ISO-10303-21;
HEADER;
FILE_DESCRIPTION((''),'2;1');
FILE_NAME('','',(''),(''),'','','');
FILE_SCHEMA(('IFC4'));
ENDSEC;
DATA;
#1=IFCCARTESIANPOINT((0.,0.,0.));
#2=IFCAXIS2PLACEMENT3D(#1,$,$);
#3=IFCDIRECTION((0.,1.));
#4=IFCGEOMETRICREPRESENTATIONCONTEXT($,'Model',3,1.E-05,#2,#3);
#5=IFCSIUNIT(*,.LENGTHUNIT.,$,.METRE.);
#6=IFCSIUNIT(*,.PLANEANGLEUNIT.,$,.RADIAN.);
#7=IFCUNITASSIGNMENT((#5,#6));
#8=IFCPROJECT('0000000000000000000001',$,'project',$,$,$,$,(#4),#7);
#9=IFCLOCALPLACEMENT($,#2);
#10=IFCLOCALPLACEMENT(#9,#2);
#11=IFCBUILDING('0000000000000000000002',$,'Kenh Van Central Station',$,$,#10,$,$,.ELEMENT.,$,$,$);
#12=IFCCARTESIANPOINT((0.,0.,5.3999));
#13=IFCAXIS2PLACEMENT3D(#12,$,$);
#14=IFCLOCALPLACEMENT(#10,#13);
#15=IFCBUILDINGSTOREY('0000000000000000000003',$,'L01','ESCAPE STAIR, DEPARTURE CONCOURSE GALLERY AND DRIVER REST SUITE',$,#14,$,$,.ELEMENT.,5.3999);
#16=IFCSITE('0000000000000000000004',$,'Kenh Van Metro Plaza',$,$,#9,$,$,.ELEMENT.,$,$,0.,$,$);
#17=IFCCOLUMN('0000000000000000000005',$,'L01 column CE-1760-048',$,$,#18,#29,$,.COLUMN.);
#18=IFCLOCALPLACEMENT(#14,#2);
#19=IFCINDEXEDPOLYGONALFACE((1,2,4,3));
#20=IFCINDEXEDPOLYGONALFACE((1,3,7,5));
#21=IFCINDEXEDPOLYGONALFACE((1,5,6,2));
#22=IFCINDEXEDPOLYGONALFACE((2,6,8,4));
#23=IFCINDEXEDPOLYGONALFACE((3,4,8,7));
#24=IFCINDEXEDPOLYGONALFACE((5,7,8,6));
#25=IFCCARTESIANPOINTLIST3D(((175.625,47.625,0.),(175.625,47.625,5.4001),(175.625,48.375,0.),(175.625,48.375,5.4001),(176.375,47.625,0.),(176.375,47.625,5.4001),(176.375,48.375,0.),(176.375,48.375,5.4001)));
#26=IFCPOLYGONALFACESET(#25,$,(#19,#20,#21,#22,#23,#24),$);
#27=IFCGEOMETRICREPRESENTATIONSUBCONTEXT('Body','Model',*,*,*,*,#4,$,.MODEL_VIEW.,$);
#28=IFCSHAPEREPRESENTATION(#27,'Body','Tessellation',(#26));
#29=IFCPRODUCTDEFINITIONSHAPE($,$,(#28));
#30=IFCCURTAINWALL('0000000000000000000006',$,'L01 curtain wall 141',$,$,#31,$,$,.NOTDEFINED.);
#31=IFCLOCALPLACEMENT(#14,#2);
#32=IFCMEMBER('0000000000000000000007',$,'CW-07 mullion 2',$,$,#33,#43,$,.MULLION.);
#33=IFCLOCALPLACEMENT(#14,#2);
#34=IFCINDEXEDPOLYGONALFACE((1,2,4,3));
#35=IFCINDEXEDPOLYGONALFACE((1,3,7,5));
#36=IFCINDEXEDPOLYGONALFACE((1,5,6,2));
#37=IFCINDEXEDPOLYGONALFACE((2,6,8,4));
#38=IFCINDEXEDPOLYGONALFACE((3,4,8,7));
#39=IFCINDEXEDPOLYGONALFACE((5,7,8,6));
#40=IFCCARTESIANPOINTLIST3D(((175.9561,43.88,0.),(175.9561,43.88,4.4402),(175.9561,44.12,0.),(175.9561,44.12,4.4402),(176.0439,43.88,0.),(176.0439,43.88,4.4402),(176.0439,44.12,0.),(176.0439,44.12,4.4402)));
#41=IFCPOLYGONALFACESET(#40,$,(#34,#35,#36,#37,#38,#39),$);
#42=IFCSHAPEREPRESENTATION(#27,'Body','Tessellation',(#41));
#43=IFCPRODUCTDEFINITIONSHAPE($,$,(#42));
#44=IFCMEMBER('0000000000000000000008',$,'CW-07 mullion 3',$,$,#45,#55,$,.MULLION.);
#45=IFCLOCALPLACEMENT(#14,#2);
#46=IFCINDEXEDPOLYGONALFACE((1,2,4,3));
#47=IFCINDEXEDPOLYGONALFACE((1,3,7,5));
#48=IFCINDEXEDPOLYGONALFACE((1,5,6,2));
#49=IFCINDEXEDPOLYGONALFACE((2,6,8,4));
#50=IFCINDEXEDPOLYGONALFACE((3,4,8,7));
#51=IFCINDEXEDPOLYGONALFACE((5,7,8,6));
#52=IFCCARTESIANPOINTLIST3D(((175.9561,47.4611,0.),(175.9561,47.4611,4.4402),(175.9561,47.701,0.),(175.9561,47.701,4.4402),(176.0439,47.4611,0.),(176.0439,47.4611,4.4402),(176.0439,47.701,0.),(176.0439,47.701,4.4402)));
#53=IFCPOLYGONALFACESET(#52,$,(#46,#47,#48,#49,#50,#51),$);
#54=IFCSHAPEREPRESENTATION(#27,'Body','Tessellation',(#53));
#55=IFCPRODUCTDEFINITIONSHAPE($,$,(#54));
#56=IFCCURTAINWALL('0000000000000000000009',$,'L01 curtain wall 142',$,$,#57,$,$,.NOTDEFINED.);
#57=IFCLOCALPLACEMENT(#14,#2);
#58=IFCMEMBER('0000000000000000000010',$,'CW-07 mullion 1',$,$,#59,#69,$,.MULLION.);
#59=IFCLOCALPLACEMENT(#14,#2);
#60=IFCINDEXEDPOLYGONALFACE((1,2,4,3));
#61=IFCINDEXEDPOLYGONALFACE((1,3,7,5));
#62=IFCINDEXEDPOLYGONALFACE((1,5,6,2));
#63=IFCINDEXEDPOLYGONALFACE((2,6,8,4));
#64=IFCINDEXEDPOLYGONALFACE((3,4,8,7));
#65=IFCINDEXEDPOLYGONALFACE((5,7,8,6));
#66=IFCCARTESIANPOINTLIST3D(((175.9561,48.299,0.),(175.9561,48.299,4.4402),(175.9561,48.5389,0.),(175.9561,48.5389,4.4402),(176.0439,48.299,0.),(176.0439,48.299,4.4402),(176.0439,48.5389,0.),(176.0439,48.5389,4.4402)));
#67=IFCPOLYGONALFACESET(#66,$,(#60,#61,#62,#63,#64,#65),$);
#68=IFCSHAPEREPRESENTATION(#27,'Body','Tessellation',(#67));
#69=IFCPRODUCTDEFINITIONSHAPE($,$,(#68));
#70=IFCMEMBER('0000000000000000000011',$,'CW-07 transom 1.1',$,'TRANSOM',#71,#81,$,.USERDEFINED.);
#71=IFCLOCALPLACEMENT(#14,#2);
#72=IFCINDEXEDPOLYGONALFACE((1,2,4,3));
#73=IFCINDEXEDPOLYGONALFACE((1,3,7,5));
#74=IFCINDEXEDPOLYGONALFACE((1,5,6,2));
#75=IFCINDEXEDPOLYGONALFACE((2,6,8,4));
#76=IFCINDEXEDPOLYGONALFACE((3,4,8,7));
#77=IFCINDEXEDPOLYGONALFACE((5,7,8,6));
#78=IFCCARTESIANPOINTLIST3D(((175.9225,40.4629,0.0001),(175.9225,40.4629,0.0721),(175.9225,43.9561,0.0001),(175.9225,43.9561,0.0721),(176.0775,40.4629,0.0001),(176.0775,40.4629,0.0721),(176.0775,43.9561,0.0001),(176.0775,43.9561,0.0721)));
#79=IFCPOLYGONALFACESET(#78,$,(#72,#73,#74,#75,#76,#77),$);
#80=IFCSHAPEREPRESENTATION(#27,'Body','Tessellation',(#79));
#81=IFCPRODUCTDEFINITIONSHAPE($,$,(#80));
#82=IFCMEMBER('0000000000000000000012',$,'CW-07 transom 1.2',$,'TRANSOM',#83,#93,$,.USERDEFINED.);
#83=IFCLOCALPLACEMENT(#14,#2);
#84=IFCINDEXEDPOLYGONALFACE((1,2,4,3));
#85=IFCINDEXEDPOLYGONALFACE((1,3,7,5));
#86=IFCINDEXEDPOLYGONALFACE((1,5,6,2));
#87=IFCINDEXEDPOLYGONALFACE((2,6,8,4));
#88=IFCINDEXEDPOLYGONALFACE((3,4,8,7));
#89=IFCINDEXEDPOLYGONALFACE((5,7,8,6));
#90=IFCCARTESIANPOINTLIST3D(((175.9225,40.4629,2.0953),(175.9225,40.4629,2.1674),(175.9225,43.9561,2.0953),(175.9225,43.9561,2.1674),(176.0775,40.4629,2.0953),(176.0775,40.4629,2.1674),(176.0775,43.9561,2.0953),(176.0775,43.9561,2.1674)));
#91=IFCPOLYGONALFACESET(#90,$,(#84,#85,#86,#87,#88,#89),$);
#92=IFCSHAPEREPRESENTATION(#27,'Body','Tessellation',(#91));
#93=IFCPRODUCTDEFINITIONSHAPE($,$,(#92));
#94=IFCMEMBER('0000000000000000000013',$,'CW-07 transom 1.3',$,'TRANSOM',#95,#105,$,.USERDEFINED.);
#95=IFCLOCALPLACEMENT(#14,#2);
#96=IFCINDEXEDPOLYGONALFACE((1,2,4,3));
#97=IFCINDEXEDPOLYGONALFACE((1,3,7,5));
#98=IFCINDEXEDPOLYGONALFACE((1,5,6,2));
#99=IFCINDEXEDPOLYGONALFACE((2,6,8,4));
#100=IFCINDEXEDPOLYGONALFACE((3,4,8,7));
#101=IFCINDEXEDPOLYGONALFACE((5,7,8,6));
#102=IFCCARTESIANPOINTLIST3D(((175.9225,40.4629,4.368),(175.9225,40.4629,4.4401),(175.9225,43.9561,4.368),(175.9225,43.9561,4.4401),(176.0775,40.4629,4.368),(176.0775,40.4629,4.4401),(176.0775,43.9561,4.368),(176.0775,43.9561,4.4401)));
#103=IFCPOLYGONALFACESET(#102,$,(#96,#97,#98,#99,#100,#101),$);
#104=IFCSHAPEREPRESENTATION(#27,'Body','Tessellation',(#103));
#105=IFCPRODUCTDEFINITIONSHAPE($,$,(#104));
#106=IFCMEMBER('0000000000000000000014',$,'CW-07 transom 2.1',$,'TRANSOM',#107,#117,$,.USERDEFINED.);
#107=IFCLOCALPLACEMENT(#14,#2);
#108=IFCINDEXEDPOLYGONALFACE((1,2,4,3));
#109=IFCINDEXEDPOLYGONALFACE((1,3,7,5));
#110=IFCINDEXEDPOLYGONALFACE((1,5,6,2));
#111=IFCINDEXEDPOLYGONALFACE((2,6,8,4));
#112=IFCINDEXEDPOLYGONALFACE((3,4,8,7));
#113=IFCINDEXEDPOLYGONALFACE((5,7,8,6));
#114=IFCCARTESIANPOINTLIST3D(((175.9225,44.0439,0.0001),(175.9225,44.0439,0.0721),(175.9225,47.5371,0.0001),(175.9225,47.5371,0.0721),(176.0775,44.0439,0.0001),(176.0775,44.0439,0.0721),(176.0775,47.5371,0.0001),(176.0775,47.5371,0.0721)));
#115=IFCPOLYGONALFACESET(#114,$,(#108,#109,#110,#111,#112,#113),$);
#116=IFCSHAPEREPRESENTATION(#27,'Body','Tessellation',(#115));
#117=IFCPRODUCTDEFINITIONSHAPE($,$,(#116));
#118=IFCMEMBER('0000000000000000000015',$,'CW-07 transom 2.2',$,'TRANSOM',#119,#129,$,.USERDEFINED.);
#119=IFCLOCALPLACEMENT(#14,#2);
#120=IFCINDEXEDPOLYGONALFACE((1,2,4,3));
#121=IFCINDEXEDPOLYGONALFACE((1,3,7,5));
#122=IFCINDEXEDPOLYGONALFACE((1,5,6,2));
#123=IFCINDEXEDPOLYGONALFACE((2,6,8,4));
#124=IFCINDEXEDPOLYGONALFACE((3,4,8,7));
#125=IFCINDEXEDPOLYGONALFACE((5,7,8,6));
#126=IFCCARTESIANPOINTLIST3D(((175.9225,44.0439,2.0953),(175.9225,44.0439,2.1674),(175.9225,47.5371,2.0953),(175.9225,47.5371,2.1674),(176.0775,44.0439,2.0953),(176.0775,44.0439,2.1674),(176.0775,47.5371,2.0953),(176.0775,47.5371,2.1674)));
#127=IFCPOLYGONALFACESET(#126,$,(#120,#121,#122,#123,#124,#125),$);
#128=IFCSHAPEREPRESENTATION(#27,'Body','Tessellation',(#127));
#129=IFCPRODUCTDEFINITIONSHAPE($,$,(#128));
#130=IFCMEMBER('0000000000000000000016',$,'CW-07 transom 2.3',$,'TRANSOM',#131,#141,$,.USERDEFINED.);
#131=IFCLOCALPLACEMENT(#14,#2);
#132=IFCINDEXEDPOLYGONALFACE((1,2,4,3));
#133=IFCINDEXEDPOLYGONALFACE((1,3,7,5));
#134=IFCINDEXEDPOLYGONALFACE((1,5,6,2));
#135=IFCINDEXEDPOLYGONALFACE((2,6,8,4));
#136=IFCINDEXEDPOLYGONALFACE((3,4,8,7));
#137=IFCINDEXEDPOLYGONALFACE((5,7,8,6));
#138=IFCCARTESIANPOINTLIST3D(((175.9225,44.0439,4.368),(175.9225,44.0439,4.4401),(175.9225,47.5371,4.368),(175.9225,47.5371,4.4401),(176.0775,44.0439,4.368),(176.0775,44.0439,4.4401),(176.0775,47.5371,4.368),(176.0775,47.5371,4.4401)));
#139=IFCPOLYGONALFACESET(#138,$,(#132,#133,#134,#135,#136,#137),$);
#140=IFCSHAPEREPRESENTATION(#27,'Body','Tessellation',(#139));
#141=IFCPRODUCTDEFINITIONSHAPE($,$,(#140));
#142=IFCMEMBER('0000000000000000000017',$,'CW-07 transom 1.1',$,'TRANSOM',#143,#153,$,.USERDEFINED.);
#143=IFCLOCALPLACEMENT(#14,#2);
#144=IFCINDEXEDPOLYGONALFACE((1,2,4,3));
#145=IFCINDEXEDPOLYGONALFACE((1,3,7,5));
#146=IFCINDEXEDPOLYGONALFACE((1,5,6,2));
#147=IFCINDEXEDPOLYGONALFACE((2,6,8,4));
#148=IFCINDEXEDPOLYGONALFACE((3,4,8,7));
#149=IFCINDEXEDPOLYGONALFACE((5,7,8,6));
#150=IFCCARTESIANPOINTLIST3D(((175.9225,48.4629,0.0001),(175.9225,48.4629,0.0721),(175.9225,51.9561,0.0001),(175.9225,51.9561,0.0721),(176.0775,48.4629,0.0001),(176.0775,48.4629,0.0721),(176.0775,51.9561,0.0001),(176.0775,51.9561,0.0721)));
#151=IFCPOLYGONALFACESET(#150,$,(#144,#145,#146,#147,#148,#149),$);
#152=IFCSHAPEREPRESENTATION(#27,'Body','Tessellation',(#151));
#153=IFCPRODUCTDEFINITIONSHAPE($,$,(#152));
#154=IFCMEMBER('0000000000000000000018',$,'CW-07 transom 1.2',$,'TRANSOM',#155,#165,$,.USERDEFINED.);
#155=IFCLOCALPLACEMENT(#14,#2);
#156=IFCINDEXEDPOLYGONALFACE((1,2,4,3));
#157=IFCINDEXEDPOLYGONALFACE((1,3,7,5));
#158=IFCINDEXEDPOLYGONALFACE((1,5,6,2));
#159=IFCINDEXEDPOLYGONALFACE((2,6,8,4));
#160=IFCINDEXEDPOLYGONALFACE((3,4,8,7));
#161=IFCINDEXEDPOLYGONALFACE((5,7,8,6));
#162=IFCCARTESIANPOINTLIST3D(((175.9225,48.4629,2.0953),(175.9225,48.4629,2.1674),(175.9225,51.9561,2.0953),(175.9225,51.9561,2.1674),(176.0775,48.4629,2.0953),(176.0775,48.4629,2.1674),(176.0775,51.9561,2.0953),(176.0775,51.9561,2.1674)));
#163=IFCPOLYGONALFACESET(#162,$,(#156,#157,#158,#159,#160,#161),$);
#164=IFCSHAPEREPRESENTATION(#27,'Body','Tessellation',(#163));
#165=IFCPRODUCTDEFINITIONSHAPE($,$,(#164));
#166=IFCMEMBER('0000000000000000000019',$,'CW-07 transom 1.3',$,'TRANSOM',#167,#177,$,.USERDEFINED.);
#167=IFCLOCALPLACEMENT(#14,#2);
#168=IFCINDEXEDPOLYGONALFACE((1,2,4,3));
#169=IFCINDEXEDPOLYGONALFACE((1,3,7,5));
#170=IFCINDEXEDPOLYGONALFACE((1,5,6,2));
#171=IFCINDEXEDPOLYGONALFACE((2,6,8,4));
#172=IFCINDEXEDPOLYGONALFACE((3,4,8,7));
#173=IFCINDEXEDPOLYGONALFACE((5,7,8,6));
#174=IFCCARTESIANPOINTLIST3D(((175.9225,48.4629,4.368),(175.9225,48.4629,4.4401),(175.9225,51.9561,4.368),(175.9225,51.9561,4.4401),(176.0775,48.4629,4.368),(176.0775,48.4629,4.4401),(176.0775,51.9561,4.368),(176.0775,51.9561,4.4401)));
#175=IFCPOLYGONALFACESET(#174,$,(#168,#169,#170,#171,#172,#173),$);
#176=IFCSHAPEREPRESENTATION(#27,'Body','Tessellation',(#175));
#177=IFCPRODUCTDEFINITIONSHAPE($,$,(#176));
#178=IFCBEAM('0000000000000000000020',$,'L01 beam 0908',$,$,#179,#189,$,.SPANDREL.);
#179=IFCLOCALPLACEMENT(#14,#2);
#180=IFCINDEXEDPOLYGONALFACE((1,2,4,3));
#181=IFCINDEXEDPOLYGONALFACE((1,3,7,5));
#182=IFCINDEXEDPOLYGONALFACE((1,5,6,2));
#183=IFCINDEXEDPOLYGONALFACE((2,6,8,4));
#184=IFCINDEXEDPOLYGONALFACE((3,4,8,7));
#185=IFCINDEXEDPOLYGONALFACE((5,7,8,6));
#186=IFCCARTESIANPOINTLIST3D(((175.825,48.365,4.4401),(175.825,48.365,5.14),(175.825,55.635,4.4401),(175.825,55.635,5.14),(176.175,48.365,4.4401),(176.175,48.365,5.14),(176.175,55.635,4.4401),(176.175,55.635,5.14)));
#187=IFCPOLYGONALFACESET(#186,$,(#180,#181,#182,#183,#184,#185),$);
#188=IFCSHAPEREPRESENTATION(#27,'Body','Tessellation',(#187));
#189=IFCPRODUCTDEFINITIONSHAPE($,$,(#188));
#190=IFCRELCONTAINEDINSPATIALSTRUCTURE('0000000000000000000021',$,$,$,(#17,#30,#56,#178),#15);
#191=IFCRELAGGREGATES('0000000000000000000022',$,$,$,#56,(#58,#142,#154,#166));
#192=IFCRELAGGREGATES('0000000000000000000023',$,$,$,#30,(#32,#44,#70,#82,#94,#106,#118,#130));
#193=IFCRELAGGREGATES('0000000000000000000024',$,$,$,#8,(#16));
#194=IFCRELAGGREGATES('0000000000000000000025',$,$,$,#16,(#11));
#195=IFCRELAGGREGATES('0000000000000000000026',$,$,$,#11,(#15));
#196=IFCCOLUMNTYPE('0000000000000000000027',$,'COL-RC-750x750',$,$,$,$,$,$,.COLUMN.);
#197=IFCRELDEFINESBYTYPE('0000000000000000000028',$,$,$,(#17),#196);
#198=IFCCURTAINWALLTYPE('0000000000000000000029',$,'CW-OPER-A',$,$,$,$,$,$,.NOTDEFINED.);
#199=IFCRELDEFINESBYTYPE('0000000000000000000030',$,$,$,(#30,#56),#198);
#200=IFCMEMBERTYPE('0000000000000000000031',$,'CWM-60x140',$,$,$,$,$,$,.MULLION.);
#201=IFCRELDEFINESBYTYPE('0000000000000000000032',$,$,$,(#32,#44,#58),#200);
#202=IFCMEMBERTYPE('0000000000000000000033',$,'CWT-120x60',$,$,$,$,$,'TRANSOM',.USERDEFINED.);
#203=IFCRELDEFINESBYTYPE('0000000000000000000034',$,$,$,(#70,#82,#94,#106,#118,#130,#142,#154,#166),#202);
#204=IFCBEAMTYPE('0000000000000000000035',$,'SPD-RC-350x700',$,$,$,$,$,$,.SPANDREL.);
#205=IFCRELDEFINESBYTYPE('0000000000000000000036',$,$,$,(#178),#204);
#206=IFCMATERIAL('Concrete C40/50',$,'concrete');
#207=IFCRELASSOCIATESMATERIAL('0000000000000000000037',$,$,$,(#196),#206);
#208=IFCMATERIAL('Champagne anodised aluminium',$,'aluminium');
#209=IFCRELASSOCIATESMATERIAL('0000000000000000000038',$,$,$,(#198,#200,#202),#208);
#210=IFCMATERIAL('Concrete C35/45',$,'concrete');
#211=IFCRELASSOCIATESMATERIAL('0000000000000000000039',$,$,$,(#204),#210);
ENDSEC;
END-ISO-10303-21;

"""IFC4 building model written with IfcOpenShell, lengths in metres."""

from ifc_helpers import new_model, si_unit, direction, frame, origin, origin_2d, place, context, subcontext, project, spatial, rectangle, extrude, material, material_profile, profile_set, type_object, element, aggregate, save


model = new_model("IFC4")

# Units and contexts
model_context = context("Model", 3, precision=1e-05, world=origin(), true_north=direction((0.0, 1.0)))
body_context = subcontext(model_context, "Body", "Model", "MODEL_VIEW")
ifc_project = project(units=[si_unit("LENGTHUNIT", "METRE"), si_unit("PLANEANGLEUNIT", "RADIAN")], contexts=[model_context])

# Site, building, storey
site_placement = place(None, origin())
site = spatial("IfcSite", under=ifc_project, at=site_placement, Name="Kenh Van Metro Plaza", CompositionType="ELEMENT", RefElevation=0.0)
building_placement = place(site_placement, origin())
building = spatial("IfcBuilding", under=site, at=building_placement, Name="Kenh Van Central Station", CompositionType="ELEMENT")
storey_placement = place(building_placement, frame((0.0, 0.0, 5.3999)))
storey = spatial("IfcBuildingStorey", under=building, at=storey_placement, Name="L01", Description="ESCAPE STAIR, DEPARTURE CONCOURSE GALLERY AND DRIVER REST SUITE", CompositionType="ELEMENT", Elevation=5.3999)

# Column
ifc_material_1 = material(Name="Concrete C40/50", Category="concrete")
ifc_material_profile_1 = material_profile(ifc_material_1, rectangle(XDim=0.75, YDim=0.75, at=origin_2d()), Name="RC 750x750")
ifc_profile_set_1 = profile_set([ifc_material_profile_1], Name="Concrete C40/50")
column_type = type_object("IfcColumnType", Name="COL-RC-750x750", PredefinedType="COLUMN", material=ifc_profile_set_1)
column_placement = place(storey_placement, frame((176.0, 48.0, 0.0), z_axis=(0.0, 0.0, 1.0), x_axis=(1.0, 0.0, 0.0)))
element("IfcColumn", 1, at=column_placement, inside=storey, type_object=column_type, Name="L01 column CE-1760-048", PredefinedType="COLUMN", context=body_context, shape_type="SweptSolid", body=[
    extrude(rectangle(XDim=0.75, YDim=0.75, at=origin_2d()), origin(), (0.0, 0.0, 1.0), 5.4001),
])

# Curtain wall, members
ifc_material_2 = material(Name="Champagne anodised aluminium", Category="aluminium")
curtain_wall_type = type_object("IfcCurtainWallType", Name="CW-OPER-A", PredefinedType="NOTDEFINED", material=ifc_material_2)
curtain_wall_1_placement = place(storey_placement, origin())
curtain_wall_1 = element("IfcCurtainWall", 2, at=curtain_wall_1_placement, inside=storey, type_object=curtain_wall_type, Name="L01 curtain wall 141", PredefinedType="NOTDEFINED")
ifc_material_profile_2 = material_profile(ifc_material_2, rectangle(XDim=0.0879, YDim=0.24, at=origin_2d()), Name="AL 88x240")
ifc_profile_set_2 = profile_set([ifc_material_profile_2], Name="Champagne anodised aluminium")
member_type_1 = type_object("IfcMemberType", Name="CWM-60x140", PredefinedType="MULLION", material=ifc_profile_set_2)
member_1_placement = place(storey_placement, frame((176.0, 44.0, 0.0), z_axis=(0.0, 0.0, 1.0), x_axis=(-1.0, 0.0, 0.0)))
member_1 = element("IfcMember", 3, at=member_1_placement, type_object=member_type_1, Name="CW-07 mullion 2", PredefinedType="MULLION", context=body_context, shape_type="SweptSolid", body=[
    extrude(rectangle(XDim=0.0879, YDim=0.24, at=origin_2d()), origin(), (0.0, 0.0, 1.0), 4.4402),
])
member_2_placement = place(storey_placement, frame((176.0, 47.5811, 0.0), z_axis=(0.0, 0.0, 1.0), x_axis=(-1.0, 0.0, 0.0)))
member_2 = element("IfcMember", 4, at=member_2_placement, type_object=member_type_1, Name="CW-07 mullion 3", PredefinedType="MULLION", context=body_context, shape_type="SweptSolid", body=[
    extrude(rectangle(XDim=0.0879, YDim=0.24, at=origin_2d()), origin(), (0.0, 0.0, 1.0), 4.4402),
])

# Curtain wall, member
curtain_wall_2_placement = place(storey_placement, origin())
curtain_wall_2 = element("IfcCurtainWall", 5, at=curtain_wall_2_placement, inside=storey, type_object=curtain_wall_type, Name="L01 curtain wall 142", PredefinedType="NOTDEFINED")
member_3_placement = place(storey_placement, frame((176.0, 48.4189, 0.0), z_axis=(0.0, 0.0, 1.0), x_axis=(-1.0, 0.0, 0.0)))
member_3 = element("IfcMember", 6, at=member_3_placement, type_object=member_type_1, Name="CW-07 mullion 1", PredefinedType="MULLION", context=body_context, shape_type="SweptSolid", body=[
    extrude(rectangle(XDim=0.0879, YDim=0.24, at=origin_2d()), origin(), (0.0, 0.0, 1.0), 4.4402),
])

# Members
ifc_material_profile_3 = material_profile(ifc_material_2, rectangle(XDim=0.155, YDim=0.072, at=origin_2d()), Name="AL 155x72")
ifc_profile_set_3 = profile_set([ifc_material_profile_3], Name="Champagne anodised aluminium")
member_type_2 = type_object("IfcMemberType", Name="CWT-120x60", ElementType="TRANSOM", PredefinedType="USERDEFINED", material=ifc_profile_set_3)
member_4_placement = place(storey_placement, frame((176.0, 40.4629, 0.0361), z_axis=(0.0, 1.0, 0.0), x_axis=(-1.0, 0.0, 0.0)))
member_4 = element("IfcMember", 7, at=member_4_placement, type_object=member_type_2, Name="CW-07 transom 1.1", ObjectType="TRANSOM", PredefinedType="USERDEFINED", context=body_context, shape_type="SweptSolid", body=[
    extrude(rectangle(XDim=0.155, YDim=0.072, at=origin_2d()), origin(), (0.0, 0.0, 1.0), 3.4932),
])
member_5_placement = place(storey_placement, frame((176.0, 40.4629, 2.1313), z_axis=(0.0, 1.0, 0.0), x_axis=(-1.0, 0.0, 0.0)))
member_5 = element("IfcMember", 8, at=member_5_placement, type_object=member_type_2, Name="CW-07 transom 1.2", ObjectType="TRANSOM", PredefinedType="USERDEFINED", context=body_context, shape_type="SweptSolid", body=[
    extrude(rectangle(XDim=0.155, YDim=0.072, at=origin_2d()), origin(), (0.0, 0.0, 1.0), 3.4932),
])
member_6_placement = place(storey_placement, frame((176.0, 40.4629, 4.4041), z_axis=(0.0, 1.0, 0.0), x_axis=(-1.0, 0.0, 0.0)))
member_6 = element("IfcMember", 9, at=member_6_placement, type_object=member_type_2, Name="CW-07 transom 1.3", ObjectType="TRANSOM", PredefinedType="USERDEFINED", context=body_context, shape_type="SweptSolid", body=[
    extrude(rectangle(XDim=0.155, YDim=0.072, at=origin_2d()), origin(), (0.0, 0.0, 1.0), 3.4932),
])
member_7_placement = place(storey_placement, frame((176.0, 44.0439, 0.0361), z_axis=(0.0, 1.0, 0.0), x_axis=(-1.0, 0.0, 0.0)))
member_7 = element("IfcMember", 10, at=member_7_placement, type_object=member_type_2, Name="CW-07 transom 2.1", ObjectType="TRANSOM", PredefinedType="USERDEFINED", context=body_context, shape_type="SweptSolid", body=[
    extrude(rectangle(XDim=0.155, YDim=0.072, at=origin_2d()), origin(), (0.0, 0.0, 1.0), 3.4932),
])
member_8_placement = place(storey_placement, frame((176.0, 44.0439, 2.1313), z_axis=(0.0, 1.0, 0.0), x_axis=(-1.0, 0.0, 0.0)))
member_8 = element("IfcMember", 11, at=member_8_placement, type_object=member_type_2, Name="CW-07 transom 2.2", ObjectType="TRANSOM", PredefinedType="USERDEFINED", context=body_context, shape_type="SweptSolid", body=[
    extrude(rectangle(XDim=0.155, YDim=0.072, at=origin_2d()), origin(), (0.0, 0.0, 1.0), 3.4932),
])
member_9_placement = place(storey_placement, frame((176.0, 44.0439, 4.4041), z_axis=(0.0, 1.0, 0.0), x_axis=(-1.0, 0.0, 0.0)))
member_9 = element("IfcMember", 12, at=member_9_placement, type_object=member_type_2, Name="CW-07 transom 2.3", ObjectType="TRANSOM", PredefinedType="USERDEFINED", context=body_context, shape_type="SweptSolid", body=[
    extrude(rectangle(XDim=0.155, YDim=0.072, at=origin_2d()), origin(), (0.0, 0.0, 1.0), 3.4932),
])
member_10_placement = place(storey_placement, frame((176.0, 48.4629, 0.0361), z_axis=(0.0, 1.0, 0.0), x_axis=(-1.0, 0.0, 0.0)))
member_10 = element("IfcMember", 13, at=member_10_placement, type_object=member_type_2, Name="CW-07 transom 1.1", ObjectType="TRANSOM", PredefinedType="USERDEFINED", context=body_context, shape_type="SweptSolid", body=[
    extrude(rectangle(XDim=0.155, YDim=0.072, at=origin_2d()), origin(), (0.0, 0.0, 1.0), 3.4932),
])
member_11_placement = place(storey_placement, frame((176.0, 48.4629, 2.1313), z_axis=(0.0, 1.0, 0.0), x_axis=(-1.0, 0.0, 0.0)))
member_11 = element("IfcMember", 14, at=member_11_placement, type_object=member_type_2, Name="CW-07 transom 1.2", ObjectType="TRANSOM", PredefinedType="USERDEFINED", context=body_context, shape_type="SweptSolid", body=[
    extrude(rectangle(XDim=0.155, YDim=0.072, at=origin_2d()), origin(), (0.0, 0.0, 1.0), 3.4932),
])
member_12_placement = place(storey_placement, frame((176.0, 48.4629, 4.4041), z_axis=(0.0, 1.0, 0.0), x_axis=(-1.0, 0.0, 0.0)))
member_12 = element("IfcMember", 15, at=member_12_placement, type_object=member_type_2, Name="CW-07 transom 1.3", ObjectType="TRANSOM", PredefinedType="USERDEFINED", context=body_context, shape_type="SweptSolid", body=[
    extrude(rectangle(XDim=0.155, YDim=0.072, at=origin_2d()), origin(), (0.0, 0.0, 1.0), 3.4932),
])
aggregate(curtain_wall_2, [member_3, member_10, member_11, member_12])

# Beam
ifc_material_3 = material(Name="Concrete C35/45", Category="concrete")
ifc_material_profile_4 = material_profile(ifc_material_3, rectangle(XDim=0.3501, YDim=0.7, at=origin_2d()), Name="RC 350x700")
ifc_profile_set_4 = profile_set([ifc_material_profile_4], Name="Concrete C35/45")
beam_type = type_object("IfcBeamType", Name="SPD-RC-350x700", PredefinedType="SPANDREL", material=ifc_profile_set_4)
beam_placement = place(storey_placement, frame((176.0, 48.365, 4.79), z_axis=(0.0, 1.0, 0.0), x_axis=(-1.0, 0.0, 0.0)))
element("IfcBeam", 16, at=beam_placement, inside=storey, type_object=beam_type, Name="L01 beam 0908", PredefinedType="SPANDREL", context=body_context, shape_type="SweptSolid", body=[
    extrude(rectangle(XDim=0.3501, YDim=0.7, at=origin_2d()), origin(), (0.0, 0.0, 1.0), 7.27),
])

aggregate(curtain_wall_1, [member_1, member_2, member_4, member_5, member_6, member_7, member_8, member_9])

save(model, "model.ifc")
